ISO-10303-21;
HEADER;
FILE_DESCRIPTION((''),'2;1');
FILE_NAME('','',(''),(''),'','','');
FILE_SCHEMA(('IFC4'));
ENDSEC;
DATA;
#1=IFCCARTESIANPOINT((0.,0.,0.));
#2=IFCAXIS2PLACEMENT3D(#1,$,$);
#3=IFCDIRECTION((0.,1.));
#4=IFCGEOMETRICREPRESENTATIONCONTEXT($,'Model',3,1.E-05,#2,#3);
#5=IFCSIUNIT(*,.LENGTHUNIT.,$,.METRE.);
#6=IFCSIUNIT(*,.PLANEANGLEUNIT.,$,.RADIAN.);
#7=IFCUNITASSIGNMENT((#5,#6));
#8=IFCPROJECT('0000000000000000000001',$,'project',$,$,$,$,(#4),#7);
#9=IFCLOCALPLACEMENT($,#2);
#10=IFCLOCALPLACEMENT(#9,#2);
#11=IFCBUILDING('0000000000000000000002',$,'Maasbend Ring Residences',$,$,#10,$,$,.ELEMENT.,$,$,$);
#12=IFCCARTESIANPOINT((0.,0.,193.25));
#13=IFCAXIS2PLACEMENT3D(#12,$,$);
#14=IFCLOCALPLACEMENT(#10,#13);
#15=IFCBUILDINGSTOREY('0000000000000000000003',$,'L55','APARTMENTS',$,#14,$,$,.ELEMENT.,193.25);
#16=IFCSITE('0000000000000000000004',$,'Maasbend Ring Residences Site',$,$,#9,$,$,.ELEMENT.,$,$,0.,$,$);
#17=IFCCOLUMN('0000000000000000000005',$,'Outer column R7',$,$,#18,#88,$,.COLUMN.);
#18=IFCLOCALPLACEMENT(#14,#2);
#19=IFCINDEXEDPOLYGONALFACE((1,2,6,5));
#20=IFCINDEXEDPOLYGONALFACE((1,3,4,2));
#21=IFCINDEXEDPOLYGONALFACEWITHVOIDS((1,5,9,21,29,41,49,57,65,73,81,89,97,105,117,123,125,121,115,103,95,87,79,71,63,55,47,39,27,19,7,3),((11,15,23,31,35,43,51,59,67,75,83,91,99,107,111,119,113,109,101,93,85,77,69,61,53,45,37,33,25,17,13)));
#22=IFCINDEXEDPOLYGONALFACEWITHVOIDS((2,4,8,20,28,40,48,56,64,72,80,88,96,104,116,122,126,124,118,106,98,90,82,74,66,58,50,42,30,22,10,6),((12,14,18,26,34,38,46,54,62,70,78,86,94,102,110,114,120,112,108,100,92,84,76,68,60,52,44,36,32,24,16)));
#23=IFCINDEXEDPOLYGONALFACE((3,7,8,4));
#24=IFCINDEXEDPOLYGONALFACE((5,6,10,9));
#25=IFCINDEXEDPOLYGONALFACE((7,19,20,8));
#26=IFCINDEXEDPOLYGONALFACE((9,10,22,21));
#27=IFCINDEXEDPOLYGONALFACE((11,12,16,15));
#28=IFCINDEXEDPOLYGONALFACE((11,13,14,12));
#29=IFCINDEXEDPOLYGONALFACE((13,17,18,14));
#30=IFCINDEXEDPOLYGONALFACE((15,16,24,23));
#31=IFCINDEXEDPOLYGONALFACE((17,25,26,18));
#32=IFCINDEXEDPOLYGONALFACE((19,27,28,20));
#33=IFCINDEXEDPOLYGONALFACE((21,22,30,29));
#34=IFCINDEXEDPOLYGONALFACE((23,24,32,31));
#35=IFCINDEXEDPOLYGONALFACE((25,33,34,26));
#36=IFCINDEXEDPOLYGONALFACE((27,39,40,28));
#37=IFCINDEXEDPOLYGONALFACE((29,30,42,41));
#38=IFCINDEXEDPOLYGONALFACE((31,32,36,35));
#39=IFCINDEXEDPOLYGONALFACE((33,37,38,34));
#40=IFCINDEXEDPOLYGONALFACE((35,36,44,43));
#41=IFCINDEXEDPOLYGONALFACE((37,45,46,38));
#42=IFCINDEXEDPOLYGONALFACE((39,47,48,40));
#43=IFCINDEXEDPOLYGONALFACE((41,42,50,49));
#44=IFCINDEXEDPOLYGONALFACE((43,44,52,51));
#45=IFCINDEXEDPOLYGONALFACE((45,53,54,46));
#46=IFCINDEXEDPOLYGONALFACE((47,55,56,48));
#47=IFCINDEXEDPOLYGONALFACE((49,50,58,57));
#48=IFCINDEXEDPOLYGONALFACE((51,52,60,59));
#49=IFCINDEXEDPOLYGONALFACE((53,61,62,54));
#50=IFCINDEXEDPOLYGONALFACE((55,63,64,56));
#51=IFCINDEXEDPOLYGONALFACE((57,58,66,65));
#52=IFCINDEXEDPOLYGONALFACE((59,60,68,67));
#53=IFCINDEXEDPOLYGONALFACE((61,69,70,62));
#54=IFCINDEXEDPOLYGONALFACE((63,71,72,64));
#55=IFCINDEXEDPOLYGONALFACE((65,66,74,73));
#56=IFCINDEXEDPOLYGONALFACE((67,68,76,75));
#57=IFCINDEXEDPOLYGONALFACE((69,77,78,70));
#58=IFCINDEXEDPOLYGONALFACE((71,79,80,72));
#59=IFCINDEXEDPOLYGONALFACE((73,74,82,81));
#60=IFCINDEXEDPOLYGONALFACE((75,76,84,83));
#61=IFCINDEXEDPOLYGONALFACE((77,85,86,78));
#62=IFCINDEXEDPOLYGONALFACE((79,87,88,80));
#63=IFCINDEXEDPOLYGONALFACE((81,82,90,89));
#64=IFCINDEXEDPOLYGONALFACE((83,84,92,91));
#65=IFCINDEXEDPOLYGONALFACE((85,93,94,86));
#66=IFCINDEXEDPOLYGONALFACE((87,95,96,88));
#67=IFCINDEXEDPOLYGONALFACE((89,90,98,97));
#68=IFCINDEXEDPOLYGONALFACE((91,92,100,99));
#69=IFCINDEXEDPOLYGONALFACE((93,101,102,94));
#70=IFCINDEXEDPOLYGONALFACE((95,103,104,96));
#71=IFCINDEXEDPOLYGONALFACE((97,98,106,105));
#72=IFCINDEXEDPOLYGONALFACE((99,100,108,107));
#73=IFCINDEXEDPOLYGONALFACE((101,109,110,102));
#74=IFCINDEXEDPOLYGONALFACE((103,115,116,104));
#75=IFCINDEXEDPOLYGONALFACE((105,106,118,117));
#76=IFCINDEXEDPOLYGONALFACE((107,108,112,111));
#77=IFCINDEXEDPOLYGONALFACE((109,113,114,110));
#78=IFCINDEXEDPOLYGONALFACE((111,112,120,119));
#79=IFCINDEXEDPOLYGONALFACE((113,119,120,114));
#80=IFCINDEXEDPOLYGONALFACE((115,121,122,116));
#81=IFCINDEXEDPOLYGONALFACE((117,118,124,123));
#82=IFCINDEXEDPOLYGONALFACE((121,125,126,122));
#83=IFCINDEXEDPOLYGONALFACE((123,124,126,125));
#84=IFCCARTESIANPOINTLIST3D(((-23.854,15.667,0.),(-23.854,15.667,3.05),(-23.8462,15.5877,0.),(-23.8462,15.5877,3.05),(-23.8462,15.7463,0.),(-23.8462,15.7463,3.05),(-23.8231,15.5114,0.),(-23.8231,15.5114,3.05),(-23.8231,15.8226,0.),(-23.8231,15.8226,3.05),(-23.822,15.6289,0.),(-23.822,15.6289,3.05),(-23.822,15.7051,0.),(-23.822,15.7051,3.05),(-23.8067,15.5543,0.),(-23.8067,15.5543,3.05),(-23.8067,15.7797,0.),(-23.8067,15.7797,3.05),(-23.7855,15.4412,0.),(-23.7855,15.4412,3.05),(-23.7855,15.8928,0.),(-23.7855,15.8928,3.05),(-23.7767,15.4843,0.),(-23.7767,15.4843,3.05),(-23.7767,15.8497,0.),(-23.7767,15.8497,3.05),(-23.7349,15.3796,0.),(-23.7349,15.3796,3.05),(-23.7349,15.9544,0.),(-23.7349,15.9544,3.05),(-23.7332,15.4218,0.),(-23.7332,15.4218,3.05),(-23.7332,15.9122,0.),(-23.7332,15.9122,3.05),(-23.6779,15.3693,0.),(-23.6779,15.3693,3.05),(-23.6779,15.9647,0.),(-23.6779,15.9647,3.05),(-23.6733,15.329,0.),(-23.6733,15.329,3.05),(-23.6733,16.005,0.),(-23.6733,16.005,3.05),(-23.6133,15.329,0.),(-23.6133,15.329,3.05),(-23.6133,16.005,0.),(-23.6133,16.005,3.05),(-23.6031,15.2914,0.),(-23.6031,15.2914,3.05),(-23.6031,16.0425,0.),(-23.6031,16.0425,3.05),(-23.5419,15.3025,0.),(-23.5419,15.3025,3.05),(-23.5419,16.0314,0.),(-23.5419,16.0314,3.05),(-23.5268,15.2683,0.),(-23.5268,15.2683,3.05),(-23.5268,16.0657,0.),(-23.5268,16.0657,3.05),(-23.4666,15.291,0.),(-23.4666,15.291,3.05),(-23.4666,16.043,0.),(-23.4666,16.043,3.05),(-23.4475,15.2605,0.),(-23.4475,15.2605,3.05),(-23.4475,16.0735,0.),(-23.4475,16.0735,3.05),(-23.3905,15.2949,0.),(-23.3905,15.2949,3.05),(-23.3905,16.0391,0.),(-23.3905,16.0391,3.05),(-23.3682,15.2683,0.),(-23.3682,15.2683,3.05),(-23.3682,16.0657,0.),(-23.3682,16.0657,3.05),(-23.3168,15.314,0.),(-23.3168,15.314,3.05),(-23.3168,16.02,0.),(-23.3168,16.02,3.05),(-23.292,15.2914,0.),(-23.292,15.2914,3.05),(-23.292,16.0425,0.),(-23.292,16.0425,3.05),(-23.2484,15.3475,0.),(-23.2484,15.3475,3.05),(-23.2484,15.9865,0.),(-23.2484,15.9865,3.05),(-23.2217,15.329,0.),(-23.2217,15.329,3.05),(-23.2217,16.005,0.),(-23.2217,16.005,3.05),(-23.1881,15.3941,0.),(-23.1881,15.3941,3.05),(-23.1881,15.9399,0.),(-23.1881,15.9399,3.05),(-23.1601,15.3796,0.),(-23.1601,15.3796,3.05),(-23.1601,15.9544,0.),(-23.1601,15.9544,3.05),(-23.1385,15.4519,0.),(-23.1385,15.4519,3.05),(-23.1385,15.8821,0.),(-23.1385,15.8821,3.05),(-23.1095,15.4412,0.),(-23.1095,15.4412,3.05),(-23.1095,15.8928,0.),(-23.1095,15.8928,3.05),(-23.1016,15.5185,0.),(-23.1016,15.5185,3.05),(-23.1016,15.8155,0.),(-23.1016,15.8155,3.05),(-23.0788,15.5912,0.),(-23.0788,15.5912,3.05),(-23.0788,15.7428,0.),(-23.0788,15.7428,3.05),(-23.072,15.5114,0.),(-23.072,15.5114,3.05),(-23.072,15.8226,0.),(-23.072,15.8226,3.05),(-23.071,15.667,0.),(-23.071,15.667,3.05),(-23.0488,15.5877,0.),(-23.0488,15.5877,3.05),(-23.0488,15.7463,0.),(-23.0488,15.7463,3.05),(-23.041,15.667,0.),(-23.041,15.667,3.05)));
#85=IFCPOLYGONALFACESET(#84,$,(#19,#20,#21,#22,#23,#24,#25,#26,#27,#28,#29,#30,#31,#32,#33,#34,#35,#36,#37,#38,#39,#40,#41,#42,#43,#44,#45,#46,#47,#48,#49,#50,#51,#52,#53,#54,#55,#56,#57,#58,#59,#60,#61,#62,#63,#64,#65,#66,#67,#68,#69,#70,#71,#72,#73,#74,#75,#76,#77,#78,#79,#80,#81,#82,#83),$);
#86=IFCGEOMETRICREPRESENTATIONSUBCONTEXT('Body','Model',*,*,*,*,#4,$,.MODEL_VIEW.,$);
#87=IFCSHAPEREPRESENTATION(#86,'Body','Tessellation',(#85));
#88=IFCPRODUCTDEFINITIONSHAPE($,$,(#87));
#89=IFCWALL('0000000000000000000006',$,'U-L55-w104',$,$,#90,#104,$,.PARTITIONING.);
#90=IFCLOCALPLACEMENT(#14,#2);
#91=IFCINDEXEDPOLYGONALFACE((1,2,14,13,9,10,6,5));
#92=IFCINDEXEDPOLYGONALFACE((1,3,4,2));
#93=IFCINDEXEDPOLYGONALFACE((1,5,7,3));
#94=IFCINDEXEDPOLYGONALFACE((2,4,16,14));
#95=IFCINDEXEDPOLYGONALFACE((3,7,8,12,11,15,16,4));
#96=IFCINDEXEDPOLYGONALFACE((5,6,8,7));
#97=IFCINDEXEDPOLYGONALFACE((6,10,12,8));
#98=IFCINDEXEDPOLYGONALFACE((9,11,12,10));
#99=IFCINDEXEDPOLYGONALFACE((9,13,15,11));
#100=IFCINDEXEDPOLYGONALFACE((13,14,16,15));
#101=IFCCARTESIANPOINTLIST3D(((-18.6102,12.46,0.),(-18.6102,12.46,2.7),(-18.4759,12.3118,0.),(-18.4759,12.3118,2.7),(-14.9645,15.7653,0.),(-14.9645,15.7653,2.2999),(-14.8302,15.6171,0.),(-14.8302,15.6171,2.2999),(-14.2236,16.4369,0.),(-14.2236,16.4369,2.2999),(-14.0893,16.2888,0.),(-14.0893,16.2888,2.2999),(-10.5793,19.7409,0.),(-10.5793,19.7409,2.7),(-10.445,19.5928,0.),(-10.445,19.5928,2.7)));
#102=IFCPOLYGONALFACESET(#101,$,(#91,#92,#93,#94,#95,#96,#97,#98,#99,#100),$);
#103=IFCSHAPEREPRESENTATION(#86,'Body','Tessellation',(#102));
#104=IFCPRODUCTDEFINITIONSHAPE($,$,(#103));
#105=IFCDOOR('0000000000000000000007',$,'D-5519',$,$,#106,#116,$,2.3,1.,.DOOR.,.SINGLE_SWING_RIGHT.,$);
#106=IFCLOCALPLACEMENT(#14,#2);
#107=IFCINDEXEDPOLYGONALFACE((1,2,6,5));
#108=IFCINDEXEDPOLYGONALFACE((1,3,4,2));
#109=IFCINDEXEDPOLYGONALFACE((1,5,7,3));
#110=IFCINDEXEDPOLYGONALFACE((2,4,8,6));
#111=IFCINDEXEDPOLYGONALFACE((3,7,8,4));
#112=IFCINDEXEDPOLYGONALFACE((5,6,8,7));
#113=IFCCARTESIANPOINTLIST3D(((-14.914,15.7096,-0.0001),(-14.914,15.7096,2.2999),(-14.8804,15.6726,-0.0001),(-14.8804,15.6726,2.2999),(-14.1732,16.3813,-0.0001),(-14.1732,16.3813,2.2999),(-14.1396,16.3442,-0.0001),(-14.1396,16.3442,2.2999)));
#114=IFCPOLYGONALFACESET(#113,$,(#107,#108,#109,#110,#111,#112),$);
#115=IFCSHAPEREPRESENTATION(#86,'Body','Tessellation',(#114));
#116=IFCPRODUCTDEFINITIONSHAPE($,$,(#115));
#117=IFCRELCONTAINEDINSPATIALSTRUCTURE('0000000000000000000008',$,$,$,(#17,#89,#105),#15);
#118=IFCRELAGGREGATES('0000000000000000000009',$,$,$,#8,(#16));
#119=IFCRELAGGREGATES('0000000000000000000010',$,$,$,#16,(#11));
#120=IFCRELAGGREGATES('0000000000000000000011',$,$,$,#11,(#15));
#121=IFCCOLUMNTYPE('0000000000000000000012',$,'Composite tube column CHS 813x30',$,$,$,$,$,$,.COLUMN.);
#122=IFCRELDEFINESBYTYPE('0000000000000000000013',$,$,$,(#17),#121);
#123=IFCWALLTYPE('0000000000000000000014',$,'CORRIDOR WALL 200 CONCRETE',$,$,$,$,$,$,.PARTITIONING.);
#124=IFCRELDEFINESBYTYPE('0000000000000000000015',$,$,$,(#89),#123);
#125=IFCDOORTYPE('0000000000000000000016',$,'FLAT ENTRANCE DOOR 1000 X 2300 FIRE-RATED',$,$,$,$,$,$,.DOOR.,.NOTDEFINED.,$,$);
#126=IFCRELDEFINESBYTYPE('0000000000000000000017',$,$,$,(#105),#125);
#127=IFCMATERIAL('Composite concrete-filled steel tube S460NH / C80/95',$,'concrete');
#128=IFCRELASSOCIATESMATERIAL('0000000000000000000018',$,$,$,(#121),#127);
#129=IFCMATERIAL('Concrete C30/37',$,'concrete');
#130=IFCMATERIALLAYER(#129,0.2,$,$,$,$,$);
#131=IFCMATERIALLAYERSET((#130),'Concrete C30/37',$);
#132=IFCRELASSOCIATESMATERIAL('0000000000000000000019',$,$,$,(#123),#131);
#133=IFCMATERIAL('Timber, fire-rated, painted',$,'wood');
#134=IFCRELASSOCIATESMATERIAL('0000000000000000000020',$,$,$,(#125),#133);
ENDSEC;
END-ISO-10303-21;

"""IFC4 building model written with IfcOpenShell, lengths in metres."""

from ifc_helpers import new_model, si_unit, direction, frame, frame_2d, origin, origin_2d, place, context, subcontext, project, spatial, rectangle, hollow_circle, extrude, material, layer, layer_set, material_profile, profile_set, type_object, element, fill, save


model = new_model("IFC4")

# Units and contexts
model_context = context("Model", 3, precision=1e-05, world=origin(), true_north=direction((0.0, 1.0)))
body_context = subcontext(model_context, "Body", "Model", "MODEL_VIEW")
ifc_project = project(units=[si_unit("LENGTHUNIT", "METRE"), si_unit("PLANEANGLEUNIT", "RADIAN")], contexts=[model_context])

# Site, building, storey
site_placement = place(None, origin())
site = spatial("IfcSite", under=ifc_project, at=site_placement, Name="Maasbend Ring Residences Site", CompositionType="ELEMENT", RefElevation=0.0)
building_placement = place(site_placement, origin())
building = spatial("IfcBuilding", under=site, at=building_placement, Name="Maasbend Ring Residences", CompositionType="ELEMENT")
storey_placement = place(building_placement, frame((0.0, 0.0, 193.25)))
storey = spatial("IfcBuildingStorey", under=building, at=storey_placement, Name="L55", Description="APARTMENTS", CompositionType="ELEMENT", Elevation=193.25)

# Column
ifc_material_1 = material(Name="Composite concrete-filled steel tube S460NH / C80/95", Category="concrete")
ifc_material_profile = material_profile(ifc_material_1, hollow_circle(Radius=0.4065, WallThickness=0.03, at=origin_2d()), Name="Composite tube column CHS 813x30")
ifc_profile_set = profile_set([ifc_material_profile], Name="Composite concrete-filled steel tube S460NH / C80/95")
column_type = type_object("IfcColumnType", Name="Composite tube column CHS 813x30", PredefinedType="COLUMN", material=ifc_profile_set)
column_placement = place(storey_placement, frame((-23.4475, 15.667, 0.0), z_axis=(0.0, 0.0, 1.0), x_axis=(1.0, 0.0, 0.0)))
element("IfcColumn", 1, at=column_placement, inside=storey, type_object=column_type, Name="Outer column R7", PredefinedType="COLUMN", context=body_context, shape_type="SweptSolid", body=[
    extrude(hollow_circle(Radius=0.4065, WallThickness=0.03, at=origin_2d()), origin(), (0.0, 0.0, 1.0), 3.05),
])

# Wall, opening, door
ifc_material_2 = material(Name="Concrete C30/37", Category="concrete")
ifc_layer_1 = layer(ifc_material_2, 0.2)
ifc_layer_set_1 = layer_set([ifc_layer_1], Name="Concrete C30/37")
wall_type_1 = type_object("IfcWallType", Name="CORRIDOR WALL 200 CONCRETE", PredefinedType="PARTITIONING", material=ifc_layer_set_1)
wall_1_placement = place(storey_placement, frame((-18.543, 12.386, 0.0), z_axis=(0.0, 0.0, 1.0), x_axis=(0.740854, 0.671667, 0.0)))
wall_1 = element("IfcWall", 2, at=wall_1_placement, inside=storey, type_object=wall_type_1, Name="U-L55-w104", PredefinedType="PARTITIONING", context=body_context, shape_type="SweptSolid", body=[
    extrude(rectangle(XDim=10.8401, YDim=0.2, at=frame_2d((5.4199, 0.0))), origin(), (0.0, 0.0, 1.0), 2.7),
])
opening_1_placement = place(wall_1_placement, frame((4.9209, 0.0, 0.0)))
opening_1 = element("IfcOpeningElement", 3, at=opening_1_placement, cuts=wall_1, PredefinedType="OPENING", context=body_context, shape_type="SweptSolid", body=[
    extrude(rectangle(XDim=1.0, YDim=2.3, at=frame_2d((0.5, 1.1499))), frame((0.0, 0.1099, 0.0), z_axis=(0.0, -1.0, 0.0), x_axis=(1.0, 0.0, 0.0)), (0.0, 0.0, 1.0), 0.22),
])
ifc_material_3 = material(Name="Timber, fire-rated, painted", Category="wood")
door_type_1 = type_object("IfcDoorType", Name="FLAT ENTRANCE DOOR 1000 X 2300 FIRE-RATED", OperationType="NOTDEFINED", PredefinedType="DOOR", material=ifc_material_3)
door_1_placement = place(opening_1_placement, origin())
door_1 = element("IfcDoor", 4, at=door_1_placement, inside=storey, type_object=door_type_1, Name="D-5519", OperationType="SINGLE_SWING_RIGHT", OverallHeight=2.3, OverallWidth=1.0, PredefinedType="DOOR", context=body_context, shape_type="SweptSolid", body=[
    extrude(rectangle(XDim=1.0, YDim=2.3, at=frame_2d((0.5, 1.1499))), frame((0.0, 0.0249, 0.0), z_axis=(0.0, -1.0, 0.0), x_axis=(1.0, 0.0, 0.0)), (0.0, 0.0, 1.0), 0.05),
])
fill(opening_1, door_1)

save(model, "model.ifc")
